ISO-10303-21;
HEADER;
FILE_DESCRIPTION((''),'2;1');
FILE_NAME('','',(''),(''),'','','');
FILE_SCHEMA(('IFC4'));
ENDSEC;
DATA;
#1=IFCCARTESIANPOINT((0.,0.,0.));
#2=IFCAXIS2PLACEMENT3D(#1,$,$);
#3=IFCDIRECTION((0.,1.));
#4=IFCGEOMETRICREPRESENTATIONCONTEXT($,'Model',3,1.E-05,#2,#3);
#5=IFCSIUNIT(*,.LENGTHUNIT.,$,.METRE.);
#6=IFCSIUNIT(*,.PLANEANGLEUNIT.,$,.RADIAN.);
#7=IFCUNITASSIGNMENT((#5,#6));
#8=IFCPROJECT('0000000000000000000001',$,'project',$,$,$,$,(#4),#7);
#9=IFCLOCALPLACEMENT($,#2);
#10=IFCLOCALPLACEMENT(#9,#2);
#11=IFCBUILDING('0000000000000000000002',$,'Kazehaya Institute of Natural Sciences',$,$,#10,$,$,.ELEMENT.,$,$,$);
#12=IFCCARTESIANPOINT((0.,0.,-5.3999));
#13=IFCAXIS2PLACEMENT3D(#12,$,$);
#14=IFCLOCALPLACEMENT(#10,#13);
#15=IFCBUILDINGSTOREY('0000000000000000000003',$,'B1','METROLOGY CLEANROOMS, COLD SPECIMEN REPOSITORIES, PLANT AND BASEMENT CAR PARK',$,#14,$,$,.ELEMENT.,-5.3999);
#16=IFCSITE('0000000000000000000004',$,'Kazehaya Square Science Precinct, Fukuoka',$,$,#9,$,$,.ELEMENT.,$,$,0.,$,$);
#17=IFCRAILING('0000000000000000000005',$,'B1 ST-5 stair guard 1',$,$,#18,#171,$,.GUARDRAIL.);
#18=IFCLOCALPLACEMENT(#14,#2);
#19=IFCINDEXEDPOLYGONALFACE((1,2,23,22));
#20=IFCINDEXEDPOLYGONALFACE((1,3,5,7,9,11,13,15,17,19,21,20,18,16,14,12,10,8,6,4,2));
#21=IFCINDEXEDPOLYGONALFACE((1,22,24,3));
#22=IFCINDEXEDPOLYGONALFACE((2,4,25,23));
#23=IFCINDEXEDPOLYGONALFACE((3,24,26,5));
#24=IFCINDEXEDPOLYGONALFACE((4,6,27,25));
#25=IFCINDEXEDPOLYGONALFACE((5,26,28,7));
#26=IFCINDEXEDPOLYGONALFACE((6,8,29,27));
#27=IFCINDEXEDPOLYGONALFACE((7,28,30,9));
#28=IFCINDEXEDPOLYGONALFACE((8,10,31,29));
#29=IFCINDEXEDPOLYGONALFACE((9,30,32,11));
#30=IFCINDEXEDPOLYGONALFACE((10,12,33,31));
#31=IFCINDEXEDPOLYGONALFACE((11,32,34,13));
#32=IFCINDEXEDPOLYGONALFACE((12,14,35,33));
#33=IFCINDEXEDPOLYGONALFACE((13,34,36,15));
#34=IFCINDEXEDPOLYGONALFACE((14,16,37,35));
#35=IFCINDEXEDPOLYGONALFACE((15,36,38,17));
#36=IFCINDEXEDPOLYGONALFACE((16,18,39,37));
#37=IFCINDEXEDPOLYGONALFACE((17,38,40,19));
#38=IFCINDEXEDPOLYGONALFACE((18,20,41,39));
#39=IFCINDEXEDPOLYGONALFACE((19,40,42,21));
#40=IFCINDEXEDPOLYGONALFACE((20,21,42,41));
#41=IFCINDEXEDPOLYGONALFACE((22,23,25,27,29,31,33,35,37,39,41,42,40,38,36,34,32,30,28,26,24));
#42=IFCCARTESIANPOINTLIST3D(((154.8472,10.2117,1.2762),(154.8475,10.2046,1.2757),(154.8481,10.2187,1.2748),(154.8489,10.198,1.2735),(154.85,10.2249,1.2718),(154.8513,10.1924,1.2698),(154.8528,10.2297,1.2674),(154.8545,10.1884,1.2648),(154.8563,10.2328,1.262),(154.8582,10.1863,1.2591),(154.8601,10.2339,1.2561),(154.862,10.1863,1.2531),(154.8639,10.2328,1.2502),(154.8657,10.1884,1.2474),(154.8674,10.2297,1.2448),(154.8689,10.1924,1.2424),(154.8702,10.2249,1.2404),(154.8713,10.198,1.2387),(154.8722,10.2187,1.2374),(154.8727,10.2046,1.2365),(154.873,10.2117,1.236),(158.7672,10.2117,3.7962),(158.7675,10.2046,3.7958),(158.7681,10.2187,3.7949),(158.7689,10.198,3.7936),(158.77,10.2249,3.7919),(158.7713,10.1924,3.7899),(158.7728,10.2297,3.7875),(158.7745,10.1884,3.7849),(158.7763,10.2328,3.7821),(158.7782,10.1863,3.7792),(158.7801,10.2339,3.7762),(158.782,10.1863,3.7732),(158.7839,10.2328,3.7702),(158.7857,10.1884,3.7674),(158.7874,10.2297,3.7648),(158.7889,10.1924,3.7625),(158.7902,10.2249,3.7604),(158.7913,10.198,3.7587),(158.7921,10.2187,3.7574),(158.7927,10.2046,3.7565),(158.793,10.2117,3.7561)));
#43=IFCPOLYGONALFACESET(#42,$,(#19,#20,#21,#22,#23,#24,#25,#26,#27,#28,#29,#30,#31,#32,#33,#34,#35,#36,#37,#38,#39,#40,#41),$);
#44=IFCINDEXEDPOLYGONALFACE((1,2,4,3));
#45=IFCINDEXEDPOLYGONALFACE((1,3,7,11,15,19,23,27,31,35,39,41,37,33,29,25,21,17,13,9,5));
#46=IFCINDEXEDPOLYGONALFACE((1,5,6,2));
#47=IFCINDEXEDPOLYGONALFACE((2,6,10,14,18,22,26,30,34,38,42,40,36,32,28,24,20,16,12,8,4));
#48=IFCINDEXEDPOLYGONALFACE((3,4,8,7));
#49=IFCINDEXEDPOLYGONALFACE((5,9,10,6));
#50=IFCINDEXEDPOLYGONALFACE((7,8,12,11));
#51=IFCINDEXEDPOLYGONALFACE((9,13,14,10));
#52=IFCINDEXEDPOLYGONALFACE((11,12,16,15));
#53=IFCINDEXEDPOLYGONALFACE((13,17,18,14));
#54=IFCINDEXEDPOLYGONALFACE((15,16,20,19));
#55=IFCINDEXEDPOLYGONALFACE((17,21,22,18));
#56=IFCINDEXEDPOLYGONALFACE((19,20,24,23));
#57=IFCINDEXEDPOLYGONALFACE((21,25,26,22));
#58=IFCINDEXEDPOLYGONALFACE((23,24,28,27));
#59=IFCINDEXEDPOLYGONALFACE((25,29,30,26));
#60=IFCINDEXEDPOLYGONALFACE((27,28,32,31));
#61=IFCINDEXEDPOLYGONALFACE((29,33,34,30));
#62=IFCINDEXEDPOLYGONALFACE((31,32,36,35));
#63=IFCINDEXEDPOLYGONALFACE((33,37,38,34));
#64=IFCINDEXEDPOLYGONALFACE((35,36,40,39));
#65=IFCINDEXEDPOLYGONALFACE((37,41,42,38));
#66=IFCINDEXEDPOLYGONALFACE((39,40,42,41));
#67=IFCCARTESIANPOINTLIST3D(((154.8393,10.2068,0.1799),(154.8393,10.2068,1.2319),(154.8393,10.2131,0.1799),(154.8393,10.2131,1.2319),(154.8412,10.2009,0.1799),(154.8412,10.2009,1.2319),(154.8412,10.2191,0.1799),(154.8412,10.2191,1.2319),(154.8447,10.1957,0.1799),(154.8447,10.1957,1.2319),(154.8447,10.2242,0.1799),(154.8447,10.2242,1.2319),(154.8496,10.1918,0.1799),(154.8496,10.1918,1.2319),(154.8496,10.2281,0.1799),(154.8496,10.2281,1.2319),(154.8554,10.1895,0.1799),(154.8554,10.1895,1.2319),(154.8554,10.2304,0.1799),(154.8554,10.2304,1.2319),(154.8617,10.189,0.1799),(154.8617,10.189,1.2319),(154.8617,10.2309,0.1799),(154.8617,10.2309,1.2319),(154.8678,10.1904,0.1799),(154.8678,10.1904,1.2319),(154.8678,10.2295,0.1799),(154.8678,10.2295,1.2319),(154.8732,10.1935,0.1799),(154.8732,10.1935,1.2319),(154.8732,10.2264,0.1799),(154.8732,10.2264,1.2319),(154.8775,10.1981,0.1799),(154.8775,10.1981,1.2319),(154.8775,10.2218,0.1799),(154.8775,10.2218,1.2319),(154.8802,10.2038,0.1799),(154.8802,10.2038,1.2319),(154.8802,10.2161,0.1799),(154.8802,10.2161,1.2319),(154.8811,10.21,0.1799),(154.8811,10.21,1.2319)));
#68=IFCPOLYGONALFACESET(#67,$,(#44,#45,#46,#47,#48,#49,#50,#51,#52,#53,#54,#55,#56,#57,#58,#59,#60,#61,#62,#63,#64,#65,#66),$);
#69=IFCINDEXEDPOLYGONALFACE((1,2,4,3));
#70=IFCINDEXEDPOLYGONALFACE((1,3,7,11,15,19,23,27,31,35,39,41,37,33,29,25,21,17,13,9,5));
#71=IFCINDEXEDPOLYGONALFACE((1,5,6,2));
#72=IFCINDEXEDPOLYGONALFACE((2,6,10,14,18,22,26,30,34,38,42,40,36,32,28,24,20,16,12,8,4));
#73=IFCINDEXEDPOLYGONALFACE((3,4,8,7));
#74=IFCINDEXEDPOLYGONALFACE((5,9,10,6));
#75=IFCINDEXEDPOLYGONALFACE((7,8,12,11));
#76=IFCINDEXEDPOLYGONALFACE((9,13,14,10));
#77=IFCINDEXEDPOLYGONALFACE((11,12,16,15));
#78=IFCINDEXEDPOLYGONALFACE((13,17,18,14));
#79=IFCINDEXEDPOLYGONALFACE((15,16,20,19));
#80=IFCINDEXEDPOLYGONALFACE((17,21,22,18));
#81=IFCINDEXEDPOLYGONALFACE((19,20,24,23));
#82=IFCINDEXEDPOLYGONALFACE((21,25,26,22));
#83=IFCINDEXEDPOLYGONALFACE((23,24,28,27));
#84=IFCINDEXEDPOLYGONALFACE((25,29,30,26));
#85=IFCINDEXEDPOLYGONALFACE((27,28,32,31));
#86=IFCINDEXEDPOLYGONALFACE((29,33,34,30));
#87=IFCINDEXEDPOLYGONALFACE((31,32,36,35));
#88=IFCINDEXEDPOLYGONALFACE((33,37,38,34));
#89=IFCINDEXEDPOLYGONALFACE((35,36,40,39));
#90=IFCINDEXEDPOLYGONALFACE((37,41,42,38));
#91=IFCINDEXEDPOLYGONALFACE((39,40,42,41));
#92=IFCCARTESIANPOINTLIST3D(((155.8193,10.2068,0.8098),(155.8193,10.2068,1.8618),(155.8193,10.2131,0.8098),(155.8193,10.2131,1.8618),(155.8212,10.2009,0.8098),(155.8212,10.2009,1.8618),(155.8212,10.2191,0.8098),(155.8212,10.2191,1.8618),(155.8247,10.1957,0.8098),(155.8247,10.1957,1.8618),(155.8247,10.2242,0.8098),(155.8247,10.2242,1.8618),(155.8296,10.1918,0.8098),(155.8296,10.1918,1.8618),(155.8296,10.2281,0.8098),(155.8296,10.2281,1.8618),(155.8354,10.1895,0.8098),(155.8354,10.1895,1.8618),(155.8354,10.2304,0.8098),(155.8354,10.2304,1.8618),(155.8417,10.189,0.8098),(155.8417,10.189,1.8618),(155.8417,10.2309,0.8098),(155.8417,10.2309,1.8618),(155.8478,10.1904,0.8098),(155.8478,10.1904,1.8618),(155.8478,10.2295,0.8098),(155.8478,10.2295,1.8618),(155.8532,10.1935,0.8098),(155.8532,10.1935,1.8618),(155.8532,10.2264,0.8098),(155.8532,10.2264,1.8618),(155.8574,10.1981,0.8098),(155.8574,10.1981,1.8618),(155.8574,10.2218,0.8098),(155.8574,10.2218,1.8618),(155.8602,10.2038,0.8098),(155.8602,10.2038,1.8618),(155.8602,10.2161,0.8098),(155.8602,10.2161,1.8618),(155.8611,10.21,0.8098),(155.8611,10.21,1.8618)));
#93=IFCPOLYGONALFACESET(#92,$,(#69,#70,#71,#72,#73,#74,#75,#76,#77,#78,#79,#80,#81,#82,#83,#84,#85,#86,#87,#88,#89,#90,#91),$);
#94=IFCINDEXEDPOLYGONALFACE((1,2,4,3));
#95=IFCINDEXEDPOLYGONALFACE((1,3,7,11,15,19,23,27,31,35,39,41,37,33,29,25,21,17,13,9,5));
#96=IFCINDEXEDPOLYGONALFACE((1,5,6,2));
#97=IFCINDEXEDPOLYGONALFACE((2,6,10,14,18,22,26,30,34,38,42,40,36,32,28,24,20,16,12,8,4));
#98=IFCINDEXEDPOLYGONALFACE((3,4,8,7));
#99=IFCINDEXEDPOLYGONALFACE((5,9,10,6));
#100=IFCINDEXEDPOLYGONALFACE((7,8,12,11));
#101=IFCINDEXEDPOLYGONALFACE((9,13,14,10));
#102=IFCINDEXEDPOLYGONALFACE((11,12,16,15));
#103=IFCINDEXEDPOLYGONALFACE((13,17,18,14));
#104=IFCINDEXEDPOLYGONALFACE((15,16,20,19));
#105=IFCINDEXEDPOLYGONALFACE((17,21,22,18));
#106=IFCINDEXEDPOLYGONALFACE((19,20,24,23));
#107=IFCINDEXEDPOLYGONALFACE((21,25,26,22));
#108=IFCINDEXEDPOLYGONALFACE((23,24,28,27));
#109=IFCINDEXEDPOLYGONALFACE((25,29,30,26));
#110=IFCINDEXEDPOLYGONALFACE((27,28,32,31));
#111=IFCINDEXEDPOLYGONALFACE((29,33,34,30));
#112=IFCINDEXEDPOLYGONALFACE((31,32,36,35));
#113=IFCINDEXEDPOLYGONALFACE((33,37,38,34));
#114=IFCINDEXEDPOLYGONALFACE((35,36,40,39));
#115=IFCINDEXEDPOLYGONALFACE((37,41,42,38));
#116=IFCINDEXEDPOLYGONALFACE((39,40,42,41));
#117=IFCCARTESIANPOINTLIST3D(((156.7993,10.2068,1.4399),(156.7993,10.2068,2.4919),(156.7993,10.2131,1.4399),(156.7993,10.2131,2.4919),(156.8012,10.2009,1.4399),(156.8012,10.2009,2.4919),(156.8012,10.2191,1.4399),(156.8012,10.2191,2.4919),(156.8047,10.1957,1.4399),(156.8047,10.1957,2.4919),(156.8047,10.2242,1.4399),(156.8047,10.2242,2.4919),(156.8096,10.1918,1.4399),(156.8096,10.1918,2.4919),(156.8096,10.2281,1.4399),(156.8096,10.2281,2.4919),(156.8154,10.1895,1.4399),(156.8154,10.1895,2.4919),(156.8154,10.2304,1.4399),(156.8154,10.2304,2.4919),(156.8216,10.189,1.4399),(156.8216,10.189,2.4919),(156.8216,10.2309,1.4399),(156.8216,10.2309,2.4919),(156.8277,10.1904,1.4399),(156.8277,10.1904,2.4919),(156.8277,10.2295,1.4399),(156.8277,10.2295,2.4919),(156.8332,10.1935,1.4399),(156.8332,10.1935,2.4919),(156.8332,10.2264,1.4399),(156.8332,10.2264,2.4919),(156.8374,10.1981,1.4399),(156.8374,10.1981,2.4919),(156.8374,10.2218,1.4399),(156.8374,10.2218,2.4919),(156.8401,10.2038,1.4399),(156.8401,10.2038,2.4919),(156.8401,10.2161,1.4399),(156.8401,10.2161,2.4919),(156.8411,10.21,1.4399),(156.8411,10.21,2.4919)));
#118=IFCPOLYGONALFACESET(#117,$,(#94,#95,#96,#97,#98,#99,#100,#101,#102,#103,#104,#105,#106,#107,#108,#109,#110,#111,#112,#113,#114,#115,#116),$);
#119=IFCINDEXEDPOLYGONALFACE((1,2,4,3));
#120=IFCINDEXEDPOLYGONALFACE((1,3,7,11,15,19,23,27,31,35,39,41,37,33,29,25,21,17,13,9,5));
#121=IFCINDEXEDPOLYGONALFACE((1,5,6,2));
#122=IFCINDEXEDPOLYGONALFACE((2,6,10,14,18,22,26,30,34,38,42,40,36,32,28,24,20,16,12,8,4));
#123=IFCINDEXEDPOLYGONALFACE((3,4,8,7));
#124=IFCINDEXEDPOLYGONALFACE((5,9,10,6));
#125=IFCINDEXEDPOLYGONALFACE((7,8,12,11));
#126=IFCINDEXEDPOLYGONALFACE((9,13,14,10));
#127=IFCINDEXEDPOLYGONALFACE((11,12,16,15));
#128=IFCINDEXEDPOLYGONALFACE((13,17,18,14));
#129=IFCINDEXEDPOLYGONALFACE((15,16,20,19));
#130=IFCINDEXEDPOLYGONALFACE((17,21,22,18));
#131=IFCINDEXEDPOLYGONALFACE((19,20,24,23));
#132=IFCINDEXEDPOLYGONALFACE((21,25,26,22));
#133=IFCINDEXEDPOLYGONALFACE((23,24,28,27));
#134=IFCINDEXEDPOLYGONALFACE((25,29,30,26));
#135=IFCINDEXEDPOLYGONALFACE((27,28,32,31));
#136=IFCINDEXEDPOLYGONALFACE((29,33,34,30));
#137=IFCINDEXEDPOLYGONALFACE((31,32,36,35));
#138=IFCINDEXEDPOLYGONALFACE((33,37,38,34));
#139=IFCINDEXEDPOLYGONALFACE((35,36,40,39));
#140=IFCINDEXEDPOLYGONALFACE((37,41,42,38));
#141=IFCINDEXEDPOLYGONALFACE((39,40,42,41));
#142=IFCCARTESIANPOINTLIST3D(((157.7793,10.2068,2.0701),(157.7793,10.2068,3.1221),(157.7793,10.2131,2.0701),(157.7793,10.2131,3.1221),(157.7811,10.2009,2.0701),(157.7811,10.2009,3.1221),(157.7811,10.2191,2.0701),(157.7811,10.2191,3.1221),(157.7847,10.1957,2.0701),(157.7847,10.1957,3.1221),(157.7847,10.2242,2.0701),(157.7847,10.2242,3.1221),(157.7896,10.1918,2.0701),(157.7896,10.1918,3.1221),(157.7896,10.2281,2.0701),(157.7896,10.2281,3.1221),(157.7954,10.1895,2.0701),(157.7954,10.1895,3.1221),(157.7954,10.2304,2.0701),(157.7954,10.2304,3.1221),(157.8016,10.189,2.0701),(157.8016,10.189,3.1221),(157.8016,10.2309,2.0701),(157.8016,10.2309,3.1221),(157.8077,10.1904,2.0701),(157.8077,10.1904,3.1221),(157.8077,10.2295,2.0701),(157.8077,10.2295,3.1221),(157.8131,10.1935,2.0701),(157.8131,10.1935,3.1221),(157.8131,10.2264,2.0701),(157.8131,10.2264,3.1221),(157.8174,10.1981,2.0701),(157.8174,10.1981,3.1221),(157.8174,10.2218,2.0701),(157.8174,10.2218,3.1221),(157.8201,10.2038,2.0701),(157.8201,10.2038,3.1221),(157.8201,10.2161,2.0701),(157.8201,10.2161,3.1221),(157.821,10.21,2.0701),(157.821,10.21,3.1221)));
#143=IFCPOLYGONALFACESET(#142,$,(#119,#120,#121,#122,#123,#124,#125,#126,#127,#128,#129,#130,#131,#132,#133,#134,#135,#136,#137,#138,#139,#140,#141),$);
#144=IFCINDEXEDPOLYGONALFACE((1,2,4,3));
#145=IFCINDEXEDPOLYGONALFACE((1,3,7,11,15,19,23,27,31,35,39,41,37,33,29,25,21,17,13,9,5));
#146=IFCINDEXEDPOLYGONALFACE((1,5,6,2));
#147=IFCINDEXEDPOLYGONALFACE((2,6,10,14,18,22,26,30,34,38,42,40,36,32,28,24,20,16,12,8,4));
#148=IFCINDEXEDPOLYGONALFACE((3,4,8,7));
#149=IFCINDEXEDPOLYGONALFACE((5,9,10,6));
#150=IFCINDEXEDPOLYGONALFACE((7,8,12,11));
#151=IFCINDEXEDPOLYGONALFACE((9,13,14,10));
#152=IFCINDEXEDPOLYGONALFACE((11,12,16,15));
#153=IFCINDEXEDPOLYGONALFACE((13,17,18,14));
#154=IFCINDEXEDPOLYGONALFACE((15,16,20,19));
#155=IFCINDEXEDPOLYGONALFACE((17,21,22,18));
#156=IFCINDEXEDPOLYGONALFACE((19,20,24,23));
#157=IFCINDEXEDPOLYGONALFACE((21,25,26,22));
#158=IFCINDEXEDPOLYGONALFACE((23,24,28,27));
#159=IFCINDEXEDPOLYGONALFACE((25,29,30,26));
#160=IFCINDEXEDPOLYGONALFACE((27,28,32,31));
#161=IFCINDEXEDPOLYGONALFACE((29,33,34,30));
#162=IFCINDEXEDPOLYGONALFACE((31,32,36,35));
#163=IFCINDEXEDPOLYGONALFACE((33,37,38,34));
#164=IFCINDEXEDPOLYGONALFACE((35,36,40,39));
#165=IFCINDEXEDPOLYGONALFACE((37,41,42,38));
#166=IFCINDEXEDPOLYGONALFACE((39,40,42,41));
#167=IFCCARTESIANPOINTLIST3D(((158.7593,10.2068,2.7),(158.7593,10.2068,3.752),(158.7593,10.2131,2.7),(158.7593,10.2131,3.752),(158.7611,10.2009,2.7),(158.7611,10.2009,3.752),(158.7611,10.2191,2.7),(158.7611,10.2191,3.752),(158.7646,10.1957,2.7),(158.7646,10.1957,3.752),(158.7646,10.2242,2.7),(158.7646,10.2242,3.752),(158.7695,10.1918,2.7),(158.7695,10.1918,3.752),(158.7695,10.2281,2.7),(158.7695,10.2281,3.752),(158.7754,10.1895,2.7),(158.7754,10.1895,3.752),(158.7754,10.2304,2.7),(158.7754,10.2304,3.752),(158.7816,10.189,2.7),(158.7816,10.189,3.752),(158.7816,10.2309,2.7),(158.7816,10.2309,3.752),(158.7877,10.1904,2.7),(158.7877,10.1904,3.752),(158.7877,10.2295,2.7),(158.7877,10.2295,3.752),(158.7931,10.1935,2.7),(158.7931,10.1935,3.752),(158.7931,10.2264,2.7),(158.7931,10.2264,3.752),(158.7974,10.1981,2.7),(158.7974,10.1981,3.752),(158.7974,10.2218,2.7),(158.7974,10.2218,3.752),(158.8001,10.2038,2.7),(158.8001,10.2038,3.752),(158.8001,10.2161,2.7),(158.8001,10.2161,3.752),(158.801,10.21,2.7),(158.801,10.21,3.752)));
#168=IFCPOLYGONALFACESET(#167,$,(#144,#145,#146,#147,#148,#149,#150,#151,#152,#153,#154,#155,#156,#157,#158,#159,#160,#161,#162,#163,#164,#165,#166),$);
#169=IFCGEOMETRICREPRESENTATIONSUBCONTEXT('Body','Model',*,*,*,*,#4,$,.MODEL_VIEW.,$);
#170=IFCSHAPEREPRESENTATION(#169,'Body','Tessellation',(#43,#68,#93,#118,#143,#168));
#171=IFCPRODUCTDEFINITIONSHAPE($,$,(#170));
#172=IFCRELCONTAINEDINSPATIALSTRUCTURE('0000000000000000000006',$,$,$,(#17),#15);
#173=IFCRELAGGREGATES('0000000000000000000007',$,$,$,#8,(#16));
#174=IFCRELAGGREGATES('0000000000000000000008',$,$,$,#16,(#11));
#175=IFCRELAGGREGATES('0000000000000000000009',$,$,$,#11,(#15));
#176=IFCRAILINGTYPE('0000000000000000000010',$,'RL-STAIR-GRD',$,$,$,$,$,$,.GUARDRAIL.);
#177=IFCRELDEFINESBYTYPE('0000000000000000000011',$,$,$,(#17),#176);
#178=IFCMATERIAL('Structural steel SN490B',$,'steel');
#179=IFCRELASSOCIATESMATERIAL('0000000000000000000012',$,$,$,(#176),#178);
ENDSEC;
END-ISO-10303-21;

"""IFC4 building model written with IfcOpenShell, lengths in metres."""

from ifc_helpers import new_model, si_unit, direction, frame, origin, origin_2d, place, context, subcontext, project, spatial, circle, extrude, material, type_object, element, save


model = new_model("IFC4")

# Units and contexts
model_context = context("Model", 3, precision=1e-05, world=origin(), true_north=direction((0.0, 1.0)))
body_context = subcontext(model_context, "Body", "Model", "MODEL_VIEW")
ifc_project = project(units=[si_unit("LENGTHUNIT", "METRE"), si_unit("PLANEANGLEUNIT", "RADIAN")], contexts=[model_context])

# Site, building, storey
site_placement = place(None, origin())
site = spatial("IfcSite", under=ifc_project, at=site_placement, Name="Kazehaya Square Science Precinct, Fukuoka", CompositionType="ELEMENT", RefElevation=0.0)
building_placement = place(site_placement, origin())
building = spatial("IfcBuilding", under=site, at=building_placement, Name="Kazehaya Institute of Natural Sciences", CompositionType="ELEMENT")
storey_placement = place(building_placement, frame((0.0, 0.0, -5.3999)))
storey = spatial("IfcBuildingStorey", under=building, at=storey_placement, Name="B1", Description="METROLOGY CLEANROOMS, COLD SPECIMEN REPOSITORIES, PLANT AND BASEMENT CAR PARK", CompositionType="ELEMENT", Elevation=-5.3999)

# Railing
ifc_material_1 = material(Name="Structural steel SN490B", Category="steel")
railing_type_1 = type_object("IfcRailingType", Name="RL-STAIR-GRD", PredefinedType="GUARDRAIL", material=ifc_material_1)
railing_1_placement = place(storey_placement, frame((154.8601, 10.21, 0.1799)))
element("IfcRailing", 1, at=railing_1_placement, inside=storey, type_object=railing_type_1, Name="B1 ST-5 stair guard 1", PredefinedType="GUARDRAIL", context=body_context, shape_type="SweptSolid", body=[
    extrude(circle(Radius=0.0239, at=origin_2d()), frame((0.0, 0.0, 1.0762), z_axis=(0.841172, 0.0, 0.540768), x_axis=(0.0, 1.0, 0.0)), (0.0, 0.0, 1.0), 4.6602),
    extrude(circle(Radius=0.021, at=origin_2d()), origin(), (0.0, 0.0, 1.0), 1.052),
    extrude(circle(Radius=0.021, at=origin_2d()), frame((0.98, 0.0, 0.6299)), (0.0, 0.0, 1.0), 1.052),
    extrude(circle(Radius=0.021, at=origin_2d()), frame((1.96, 0.0, 1.26)), (0.0, 0.0, 1.0), 1.052),
    extrude(circle(Radius=0.021, at=origin_2d()), frame((2.9399, 0.0, 1.8901)), (0.0, 0.0, 1.0), 1.052),
    extrude(circle(Radius=0.021, at=origin_2d()), frame((3.9199, 0.0, 2.52)), (0.0, 0.0, 1.0), 1.052),
])

save(model, "model.ifc")
